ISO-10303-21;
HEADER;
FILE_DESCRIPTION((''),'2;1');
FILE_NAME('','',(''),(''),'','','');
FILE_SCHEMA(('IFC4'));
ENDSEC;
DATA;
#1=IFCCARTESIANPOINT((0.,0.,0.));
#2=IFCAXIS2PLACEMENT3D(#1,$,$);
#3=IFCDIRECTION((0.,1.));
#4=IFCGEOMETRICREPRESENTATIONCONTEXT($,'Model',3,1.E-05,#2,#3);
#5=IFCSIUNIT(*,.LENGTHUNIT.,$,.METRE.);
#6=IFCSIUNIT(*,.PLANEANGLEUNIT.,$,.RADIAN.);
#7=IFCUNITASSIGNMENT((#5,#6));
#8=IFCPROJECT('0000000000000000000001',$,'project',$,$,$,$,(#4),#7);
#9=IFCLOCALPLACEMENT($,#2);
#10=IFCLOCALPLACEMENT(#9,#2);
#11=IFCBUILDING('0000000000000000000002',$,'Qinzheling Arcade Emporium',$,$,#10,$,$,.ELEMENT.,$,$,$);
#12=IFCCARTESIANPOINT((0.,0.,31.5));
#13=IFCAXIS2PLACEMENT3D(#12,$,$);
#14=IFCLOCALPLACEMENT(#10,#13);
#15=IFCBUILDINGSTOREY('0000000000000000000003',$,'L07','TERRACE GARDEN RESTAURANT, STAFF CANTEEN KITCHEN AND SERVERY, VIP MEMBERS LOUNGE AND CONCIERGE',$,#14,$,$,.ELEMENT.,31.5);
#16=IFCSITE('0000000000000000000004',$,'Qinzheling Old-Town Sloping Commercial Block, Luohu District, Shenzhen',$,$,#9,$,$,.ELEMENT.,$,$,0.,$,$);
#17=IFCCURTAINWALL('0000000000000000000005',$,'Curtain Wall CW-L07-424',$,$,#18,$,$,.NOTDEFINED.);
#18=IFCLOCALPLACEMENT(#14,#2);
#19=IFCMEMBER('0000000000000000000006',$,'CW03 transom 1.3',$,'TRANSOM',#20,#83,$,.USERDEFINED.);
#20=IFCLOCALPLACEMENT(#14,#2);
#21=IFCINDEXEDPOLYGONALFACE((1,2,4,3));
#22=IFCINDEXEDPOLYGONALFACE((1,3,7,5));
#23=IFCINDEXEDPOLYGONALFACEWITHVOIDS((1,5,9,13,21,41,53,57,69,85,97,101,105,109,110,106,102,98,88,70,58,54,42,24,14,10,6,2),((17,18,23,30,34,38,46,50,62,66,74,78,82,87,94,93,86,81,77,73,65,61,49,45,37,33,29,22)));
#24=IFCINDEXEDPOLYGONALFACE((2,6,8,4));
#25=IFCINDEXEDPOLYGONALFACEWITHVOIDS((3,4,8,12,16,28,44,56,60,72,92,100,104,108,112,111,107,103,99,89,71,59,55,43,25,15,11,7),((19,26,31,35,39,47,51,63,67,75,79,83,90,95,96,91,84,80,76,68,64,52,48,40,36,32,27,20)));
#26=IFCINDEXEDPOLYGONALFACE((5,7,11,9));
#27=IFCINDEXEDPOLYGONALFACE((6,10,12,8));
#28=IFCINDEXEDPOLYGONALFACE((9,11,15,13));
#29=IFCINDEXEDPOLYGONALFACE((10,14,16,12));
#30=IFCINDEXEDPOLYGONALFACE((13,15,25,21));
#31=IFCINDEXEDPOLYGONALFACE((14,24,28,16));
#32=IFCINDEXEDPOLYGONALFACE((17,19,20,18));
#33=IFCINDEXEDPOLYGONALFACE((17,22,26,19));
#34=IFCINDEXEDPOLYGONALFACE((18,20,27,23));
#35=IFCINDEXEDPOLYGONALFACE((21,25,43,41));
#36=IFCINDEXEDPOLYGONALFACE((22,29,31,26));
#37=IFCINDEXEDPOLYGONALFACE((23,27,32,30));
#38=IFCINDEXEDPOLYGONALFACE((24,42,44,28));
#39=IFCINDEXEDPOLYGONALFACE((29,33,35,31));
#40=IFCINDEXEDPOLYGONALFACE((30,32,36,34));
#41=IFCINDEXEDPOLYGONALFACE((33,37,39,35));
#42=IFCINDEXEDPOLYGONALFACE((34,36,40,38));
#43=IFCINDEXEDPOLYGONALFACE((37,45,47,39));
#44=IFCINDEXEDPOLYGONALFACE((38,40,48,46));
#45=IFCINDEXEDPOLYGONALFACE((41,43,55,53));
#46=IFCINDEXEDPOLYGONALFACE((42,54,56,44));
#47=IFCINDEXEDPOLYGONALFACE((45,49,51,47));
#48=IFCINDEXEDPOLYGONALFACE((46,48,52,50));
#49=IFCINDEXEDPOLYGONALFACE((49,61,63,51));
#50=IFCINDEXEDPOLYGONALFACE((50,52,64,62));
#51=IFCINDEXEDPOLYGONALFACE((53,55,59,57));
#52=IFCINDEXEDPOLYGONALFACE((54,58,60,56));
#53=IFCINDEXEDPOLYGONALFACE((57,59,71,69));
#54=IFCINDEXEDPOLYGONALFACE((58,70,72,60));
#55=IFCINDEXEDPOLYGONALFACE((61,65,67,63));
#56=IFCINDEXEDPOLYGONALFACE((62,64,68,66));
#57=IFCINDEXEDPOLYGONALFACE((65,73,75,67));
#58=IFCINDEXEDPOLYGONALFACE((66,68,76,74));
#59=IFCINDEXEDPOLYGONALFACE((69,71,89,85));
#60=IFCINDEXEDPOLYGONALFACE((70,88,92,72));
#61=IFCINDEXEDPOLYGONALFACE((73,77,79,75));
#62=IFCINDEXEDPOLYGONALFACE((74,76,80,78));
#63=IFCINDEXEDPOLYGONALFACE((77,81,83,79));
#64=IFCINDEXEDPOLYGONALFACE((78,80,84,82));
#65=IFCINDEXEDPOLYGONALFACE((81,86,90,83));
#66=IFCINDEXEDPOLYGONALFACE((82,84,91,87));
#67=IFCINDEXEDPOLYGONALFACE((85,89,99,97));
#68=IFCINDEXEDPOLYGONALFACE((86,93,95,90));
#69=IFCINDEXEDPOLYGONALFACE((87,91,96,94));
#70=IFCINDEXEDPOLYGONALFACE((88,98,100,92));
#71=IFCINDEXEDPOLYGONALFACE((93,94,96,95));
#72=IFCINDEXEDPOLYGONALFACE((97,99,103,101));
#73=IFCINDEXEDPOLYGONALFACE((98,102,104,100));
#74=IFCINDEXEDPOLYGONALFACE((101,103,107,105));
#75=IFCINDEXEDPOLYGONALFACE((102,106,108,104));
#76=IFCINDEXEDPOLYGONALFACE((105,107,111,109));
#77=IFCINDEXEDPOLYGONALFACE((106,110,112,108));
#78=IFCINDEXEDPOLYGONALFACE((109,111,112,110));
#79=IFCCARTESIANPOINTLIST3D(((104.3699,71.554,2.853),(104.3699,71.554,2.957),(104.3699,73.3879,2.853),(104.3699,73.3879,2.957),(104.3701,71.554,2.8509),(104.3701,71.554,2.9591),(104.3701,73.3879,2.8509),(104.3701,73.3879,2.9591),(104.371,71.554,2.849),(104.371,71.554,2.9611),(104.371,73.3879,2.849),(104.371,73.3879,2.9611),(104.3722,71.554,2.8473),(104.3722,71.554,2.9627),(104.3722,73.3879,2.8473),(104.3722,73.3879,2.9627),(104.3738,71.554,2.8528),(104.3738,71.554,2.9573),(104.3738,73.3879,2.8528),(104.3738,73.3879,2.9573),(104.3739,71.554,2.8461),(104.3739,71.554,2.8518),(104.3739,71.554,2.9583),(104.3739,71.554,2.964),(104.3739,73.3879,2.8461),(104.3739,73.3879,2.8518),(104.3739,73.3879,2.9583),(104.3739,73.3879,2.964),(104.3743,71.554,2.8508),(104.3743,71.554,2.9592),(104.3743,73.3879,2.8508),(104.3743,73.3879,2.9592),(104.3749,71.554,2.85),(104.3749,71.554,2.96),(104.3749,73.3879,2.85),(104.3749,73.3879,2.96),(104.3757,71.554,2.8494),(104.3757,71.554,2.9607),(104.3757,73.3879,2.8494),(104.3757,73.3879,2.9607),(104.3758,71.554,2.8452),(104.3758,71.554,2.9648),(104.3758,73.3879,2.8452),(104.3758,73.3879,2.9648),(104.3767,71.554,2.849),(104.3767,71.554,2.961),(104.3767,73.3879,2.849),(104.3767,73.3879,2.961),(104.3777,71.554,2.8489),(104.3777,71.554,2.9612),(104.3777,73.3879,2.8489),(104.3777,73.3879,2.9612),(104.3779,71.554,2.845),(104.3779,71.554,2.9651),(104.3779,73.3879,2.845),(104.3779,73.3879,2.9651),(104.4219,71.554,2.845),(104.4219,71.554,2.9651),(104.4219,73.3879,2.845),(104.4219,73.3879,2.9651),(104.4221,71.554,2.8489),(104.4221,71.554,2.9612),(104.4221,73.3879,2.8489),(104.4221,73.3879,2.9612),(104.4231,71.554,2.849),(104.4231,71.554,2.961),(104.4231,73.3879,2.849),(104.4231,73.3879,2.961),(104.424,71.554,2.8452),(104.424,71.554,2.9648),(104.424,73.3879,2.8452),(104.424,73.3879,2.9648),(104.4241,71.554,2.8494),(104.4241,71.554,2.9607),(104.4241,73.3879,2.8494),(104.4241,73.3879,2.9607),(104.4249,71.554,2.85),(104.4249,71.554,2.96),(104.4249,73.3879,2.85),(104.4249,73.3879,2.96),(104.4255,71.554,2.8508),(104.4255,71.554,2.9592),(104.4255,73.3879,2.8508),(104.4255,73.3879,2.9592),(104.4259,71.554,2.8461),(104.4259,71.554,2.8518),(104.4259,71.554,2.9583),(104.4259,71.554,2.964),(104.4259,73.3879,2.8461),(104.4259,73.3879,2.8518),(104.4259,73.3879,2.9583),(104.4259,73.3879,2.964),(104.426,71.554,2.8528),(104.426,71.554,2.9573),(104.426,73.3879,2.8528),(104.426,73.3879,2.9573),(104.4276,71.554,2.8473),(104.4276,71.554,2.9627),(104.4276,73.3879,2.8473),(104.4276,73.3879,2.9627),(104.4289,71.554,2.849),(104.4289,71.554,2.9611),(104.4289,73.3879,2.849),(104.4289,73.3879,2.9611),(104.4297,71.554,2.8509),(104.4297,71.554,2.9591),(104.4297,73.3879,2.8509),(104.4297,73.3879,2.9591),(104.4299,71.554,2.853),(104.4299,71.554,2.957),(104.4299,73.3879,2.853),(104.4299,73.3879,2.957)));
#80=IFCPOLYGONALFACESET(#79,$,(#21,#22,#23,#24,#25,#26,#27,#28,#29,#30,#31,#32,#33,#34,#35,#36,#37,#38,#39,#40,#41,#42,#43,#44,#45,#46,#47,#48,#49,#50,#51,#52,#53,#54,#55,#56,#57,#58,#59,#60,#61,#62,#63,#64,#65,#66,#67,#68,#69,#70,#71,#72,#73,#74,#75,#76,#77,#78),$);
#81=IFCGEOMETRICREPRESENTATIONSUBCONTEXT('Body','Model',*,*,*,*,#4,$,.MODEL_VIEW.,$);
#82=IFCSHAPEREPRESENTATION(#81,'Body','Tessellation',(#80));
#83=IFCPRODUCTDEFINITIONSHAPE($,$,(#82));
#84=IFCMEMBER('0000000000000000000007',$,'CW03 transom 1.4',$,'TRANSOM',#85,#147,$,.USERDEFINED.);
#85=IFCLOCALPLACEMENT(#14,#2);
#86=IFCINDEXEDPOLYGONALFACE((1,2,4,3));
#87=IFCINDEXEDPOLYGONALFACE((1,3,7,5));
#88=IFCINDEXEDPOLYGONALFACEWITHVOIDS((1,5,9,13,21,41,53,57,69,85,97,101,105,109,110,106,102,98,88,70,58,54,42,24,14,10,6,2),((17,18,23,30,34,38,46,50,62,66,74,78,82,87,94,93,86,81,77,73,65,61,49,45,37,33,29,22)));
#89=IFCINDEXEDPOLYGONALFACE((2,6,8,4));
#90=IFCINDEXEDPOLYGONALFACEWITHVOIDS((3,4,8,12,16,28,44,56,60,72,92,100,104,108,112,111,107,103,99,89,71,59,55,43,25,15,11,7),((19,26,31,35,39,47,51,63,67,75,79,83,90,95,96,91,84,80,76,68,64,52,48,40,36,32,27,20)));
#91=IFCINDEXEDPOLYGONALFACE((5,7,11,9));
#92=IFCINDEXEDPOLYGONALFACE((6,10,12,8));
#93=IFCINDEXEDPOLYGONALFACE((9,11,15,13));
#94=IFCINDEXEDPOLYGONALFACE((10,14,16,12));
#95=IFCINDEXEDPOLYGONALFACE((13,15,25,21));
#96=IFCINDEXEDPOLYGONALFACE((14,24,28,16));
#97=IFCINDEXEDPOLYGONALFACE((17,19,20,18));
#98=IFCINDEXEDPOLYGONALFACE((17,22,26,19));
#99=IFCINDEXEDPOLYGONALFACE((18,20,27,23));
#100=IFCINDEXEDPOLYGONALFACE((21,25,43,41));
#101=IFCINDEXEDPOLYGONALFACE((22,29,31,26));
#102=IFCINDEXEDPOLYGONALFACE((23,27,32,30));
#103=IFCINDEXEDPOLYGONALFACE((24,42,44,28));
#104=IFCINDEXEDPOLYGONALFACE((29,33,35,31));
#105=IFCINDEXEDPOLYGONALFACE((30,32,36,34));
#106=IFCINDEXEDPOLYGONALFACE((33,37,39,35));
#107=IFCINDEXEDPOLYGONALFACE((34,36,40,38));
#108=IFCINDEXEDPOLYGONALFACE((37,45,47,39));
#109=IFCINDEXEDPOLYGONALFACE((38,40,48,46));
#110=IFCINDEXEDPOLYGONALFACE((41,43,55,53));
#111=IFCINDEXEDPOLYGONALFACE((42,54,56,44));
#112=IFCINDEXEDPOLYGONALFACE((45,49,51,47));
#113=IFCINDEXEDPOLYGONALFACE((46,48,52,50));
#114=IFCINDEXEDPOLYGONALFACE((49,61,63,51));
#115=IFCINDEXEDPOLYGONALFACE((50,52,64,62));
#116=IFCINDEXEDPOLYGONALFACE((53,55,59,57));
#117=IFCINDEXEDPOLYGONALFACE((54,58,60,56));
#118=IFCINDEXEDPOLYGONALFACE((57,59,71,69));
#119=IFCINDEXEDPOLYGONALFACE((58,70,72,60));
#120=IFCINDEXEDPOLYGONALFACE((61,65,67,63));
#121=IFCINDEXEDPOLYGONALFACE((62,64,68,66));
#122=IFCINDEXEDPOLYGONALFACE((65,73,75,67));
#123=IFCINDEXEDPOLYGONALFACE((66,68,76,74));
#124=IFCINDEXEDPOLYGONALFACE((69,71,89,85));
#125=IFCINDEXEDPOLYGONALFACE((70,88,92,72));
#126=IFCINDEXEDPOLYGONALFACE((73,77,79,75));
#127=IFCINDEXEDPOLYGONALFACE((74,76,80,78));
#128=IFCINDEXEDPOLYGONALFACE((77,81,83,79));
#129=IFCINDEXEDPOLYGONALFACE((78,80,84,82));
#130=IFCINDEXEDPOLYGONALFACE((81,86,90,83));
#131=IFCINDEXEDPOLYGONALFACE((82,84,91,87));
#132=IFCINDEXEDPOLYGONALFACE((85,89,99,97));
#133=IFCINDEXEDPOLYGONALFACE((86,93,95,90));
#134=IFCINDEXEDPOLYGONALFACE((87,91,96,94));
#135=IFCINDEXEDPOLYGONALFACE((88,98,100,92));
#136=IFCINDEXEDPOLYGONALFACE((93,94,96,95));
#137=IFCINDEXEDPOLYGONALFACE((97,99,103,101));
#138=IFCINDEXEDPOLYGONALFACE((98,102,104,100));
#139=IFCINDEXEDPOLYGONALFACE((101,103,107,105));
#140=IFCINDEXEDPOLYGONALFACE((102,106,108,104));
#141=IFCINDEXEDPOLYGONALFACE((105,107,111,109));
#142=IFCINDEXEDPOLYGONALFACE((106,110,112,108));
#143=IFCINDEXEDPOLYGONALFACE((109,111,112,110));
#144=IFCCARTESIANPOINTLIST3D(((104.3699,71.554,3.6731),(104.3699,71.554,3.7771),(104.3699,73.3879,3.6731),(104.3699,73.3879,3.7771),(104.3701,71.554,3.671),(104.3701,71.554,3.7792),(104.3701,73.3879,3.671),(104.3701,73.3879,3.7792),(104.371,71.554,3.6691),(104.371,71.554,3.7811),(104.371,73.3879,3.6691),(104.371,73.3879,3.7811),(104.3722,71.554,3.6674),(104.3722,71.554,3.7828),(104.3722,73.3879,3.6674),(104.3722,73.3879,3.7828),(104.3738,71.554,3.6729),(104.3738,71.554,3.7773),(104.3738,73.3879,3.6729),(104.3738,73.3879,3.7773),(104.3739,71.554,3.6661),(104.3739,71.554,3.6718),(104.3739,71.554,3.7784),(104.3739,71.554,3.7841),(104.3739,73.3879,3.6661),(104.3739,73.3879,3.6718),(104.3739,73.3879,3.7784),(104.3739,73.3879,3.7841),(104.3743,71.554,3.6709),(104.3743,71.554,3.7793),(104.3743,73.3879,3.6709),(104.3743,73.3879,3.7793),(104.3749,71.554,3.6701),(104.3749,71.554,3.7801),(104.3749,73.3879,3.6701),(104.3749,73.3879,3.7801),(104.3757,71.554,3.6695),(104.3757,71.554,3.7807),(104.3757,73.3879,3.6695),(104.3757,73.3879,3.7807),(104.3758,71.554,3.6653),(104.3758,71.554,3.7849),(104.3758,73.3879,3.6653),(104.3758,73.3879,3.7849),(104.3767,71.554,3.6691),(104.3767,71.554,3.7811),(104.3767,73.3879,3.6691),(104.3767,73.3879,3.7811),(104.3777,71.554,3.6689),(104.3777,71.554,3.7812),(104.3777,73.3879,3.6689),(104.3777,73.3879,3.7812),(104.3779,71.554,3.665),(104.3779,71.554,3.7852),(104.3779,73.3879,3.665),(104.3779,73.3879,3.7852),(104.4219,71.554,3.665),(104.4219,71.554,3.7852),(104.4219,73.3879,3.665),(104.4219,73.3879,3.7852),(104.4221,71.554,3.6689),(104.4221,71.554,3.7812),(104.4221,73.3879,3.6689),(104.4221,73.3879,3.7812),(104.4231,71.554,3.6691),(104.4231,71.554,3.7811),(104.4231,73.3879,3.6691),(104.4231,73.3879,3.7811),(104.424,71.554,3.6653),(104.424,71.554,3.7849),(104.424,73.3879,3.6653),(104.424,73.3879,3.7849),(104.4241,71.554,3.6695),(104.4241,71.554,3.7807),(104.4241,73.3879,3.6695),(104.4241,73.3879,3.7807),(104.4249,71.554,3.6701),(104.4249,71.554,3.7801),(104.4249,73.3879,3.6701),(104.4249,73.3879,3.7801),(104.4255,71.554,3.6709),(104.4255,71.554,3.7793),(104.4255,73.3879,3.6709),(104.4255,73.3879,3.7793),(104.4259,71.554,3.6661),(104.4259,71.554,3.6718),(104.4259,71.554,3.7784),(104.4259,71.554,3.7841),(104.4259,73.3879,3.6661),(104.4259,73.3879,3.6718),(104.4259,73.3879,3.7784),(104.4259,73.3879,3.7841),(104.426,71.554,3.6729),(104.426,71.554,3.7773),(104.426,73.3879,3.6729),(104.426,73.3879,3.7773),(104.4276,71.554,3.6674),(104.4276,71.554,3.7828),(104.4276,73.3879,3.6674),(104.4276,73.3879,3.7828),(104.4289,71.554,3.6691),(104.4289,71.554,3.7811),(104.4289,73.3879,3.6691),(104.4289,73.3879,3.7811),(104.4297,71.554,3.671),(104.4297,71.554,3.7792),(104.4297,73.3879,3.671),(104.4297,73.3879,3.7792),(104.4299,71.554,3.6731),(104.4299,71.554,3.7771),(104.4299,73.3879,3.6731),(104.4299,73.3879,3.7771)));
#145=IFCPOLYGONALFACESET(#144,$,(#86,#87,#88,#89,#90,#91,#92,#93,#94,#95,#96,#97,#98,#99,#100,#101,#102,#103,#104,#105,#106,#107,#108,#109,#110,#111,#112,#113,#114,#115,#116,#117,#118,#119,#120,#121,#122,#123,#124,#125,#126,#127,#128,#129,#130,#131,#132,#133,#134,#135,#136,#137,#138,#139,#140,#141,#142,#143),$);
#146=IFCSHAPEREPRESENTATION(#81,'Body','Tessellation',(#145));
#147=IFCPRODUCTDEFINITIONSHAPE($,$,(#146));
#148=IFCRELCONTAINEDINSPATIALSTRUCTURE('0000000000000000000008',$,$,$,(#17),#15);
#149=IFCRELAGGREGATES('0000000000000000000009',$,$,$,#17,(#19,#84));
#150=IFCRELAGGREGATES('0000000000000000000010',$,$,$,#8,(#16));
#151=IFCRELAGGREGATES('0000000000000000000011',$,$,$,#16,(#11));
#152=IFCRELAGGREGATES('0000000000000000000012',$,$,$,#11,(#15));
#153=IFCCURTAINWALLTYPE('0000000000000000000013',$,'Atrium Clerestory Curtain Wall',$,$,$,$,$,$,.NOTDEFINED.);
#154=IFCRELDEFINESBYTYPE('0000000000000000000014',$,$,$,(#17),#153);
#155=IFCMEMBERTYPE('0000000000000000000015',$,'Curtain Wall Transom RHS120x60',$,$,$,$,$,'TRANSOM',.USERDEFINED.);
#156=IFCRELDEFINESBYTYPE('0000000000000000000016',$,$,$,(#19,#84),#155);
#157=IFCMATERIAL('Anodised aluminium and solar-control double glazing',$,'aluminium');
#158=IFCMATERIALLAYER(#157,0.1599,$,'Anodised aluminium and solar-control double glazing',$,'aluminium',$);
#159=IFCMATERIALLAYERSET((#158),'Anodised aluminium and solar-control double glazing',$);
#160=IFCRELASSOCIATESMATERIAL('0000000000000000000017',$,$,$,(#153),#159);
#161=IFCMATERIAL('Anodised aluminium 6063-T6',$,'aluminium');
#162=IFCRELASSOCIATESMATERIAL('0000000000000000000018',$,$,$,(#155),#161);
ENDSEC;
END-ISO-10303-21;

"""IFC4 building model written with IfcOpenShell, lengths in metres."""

from ifc_helpers import new_model, si_unit, direction, frame, origin, origin_2d, place, context, subcontext, project, spatial, hollow_rectangle, extrude, material, layer, layer_set, material_profile, profile_set, type_object, element, aggregate, save


model = new_model("IFC4")

# Units and contexts
model_context = context("Model", 3, precision=1e-05, world=origin(), true_north=direction((0.0, 1.0)))
body_context = subcontext(model_context, "Body", "Model", "MODEL_VIEW")
ifc_project = project(units=[si_unit("LENGTHUNIT", "METRE"), si_unit("PLANEANGLEUNIT", "RADIAN")], contexts=[model_context])

# Site, building, storey
site_placement = place(None, origin())
site = spatial("IfcSite", under=ifc_project, at=site_placement, Name="Qinzheling Old-Town Sloping Commercial Block, Luohu District, Shenzhen", CompositionType="ELEMENT", RefElevation=0.0)
building_placement = place(site_placement, origin())
building = spatial("IfcBuilding", under=site, at=building_placement, Name="Qinzheling Arcade Emporium", CompositionType="ELEMENT")
storey_placement = place(building_placement, frame((0.0, 0.0, 31.5)))
storey = spatial("IfcBuildingStorey", under=building, at=storey_placement, Name="L07", Description="TERRACE GARDEN RESTAURANT, STAFF CANTEEN KITCHEN AND SERVERY, VIP MEMBERS LOUNGE AND CONCIERGE", CompositionType="ELEMENT", Elevation=31.5)

# Curtain wall, members
ifc_material_1 = material(Name="Anodised aluminium and solar-control double glazing", Category="aluminium")
ifc_layer_1 = layer(ifc_material_1, 0.1599, Name="Anodised aluminium and solar-control double glazing", Category="aluminium")
ifc_layer_set_1 = layer_set([ifc_layer_1], Name="Anodised aluminium and solar-control double glazing")
curtain_wall_type = type_object("IfcCurtainWallType", Name="Atrium Clerestory Curtain Wall", PredefinedType="NOTDEFINED", material=ifc_layer_set_1)
curtain_wall_placement = place(storey_placement, origin())
curtain_wall = element("IfcCurtainWall", 1, at=curtain_wall_placement, inside=storey, type_object=curtain_wall_type, Name="Curtain Wall CW-L07-424", PredefinedType="NOTDEFINED")
ifc_material_2 = material(Name="Anodised aluminium 6063-T6", Category="aluminium")
ifc_material_profile_1 = material_profile(ifc_material_2, hollow_rectangle(XDim=0.0601, YDim=0.1201, WallThickness=0.0039, InnerFilletRadius=0.0039, OuterFilletRadius=0.0081, at=origin_2d()), Name="RHS 120x60x4", Category="aluminium")
ifc_profile_set_1 = profile_set([ifc_material_profile_1], Name="Anodised aluminium 6063-T6")
member_type_1 = type_object("IfcMemberType", Name="Curtain Wall Transom RHS120x60", ElementType="TRANSOM", PredefinedType="USERDEFINED", material=ifc_profile_set_1)
member_1_placement = place(storey_placement, frame((104.3999, 73.3879, 2.905), z_axis=(0.0, -1.0, 0.0), x_axis=(1.0, 0.0, 0.0)))
member_1 = element("IfcMember", 2, at=member_1_placement, type_object=member_type_1, Name="CW03 transom 1.3", ObjectType="TRANSOM", PredefinedType="USERDEFINED", context=body_context, shape_type="SweptSolid", body=[
    extrude(hollow_rectangle(XDim=0.0601, YDim=0.1201, WallThickness=0.0039, InnerFilletRadius=0.0039, OuterFilletRadius=0.0081, at=origin_2d()), origin(), (0.0, 0.0, 1.0), 1.834),
])
member_2_placement = place(storey_placement, frame((104.3999, 73.3879, 3.7251), z_axis=(0.0, -1.0, 0.0), x_axis=(1.0, 0.0, 0.0)))
member_2 = element("IfcMember", 3, at=member_2_placement, type_object=member_type_1, Name="CW03 transom 1.4", ObjectType="TRANSOM", PredefinedType="USERDEFINED", context=body_context, shape_type="SweptSolid", body=[
    extrude(hollow_rectangle(XDim=0.0601, YDim=0.1201, WallThickness=0.0039, InnerFilletRadius=0.0039, OuterFilletRadius=0.0081, at=origin_2d()), origin(), (0.0, 0.0, 1.0), 1.834),
])
aggregate(curtain_wall, [member_1, member_2])

save(model, "model.ifc")
